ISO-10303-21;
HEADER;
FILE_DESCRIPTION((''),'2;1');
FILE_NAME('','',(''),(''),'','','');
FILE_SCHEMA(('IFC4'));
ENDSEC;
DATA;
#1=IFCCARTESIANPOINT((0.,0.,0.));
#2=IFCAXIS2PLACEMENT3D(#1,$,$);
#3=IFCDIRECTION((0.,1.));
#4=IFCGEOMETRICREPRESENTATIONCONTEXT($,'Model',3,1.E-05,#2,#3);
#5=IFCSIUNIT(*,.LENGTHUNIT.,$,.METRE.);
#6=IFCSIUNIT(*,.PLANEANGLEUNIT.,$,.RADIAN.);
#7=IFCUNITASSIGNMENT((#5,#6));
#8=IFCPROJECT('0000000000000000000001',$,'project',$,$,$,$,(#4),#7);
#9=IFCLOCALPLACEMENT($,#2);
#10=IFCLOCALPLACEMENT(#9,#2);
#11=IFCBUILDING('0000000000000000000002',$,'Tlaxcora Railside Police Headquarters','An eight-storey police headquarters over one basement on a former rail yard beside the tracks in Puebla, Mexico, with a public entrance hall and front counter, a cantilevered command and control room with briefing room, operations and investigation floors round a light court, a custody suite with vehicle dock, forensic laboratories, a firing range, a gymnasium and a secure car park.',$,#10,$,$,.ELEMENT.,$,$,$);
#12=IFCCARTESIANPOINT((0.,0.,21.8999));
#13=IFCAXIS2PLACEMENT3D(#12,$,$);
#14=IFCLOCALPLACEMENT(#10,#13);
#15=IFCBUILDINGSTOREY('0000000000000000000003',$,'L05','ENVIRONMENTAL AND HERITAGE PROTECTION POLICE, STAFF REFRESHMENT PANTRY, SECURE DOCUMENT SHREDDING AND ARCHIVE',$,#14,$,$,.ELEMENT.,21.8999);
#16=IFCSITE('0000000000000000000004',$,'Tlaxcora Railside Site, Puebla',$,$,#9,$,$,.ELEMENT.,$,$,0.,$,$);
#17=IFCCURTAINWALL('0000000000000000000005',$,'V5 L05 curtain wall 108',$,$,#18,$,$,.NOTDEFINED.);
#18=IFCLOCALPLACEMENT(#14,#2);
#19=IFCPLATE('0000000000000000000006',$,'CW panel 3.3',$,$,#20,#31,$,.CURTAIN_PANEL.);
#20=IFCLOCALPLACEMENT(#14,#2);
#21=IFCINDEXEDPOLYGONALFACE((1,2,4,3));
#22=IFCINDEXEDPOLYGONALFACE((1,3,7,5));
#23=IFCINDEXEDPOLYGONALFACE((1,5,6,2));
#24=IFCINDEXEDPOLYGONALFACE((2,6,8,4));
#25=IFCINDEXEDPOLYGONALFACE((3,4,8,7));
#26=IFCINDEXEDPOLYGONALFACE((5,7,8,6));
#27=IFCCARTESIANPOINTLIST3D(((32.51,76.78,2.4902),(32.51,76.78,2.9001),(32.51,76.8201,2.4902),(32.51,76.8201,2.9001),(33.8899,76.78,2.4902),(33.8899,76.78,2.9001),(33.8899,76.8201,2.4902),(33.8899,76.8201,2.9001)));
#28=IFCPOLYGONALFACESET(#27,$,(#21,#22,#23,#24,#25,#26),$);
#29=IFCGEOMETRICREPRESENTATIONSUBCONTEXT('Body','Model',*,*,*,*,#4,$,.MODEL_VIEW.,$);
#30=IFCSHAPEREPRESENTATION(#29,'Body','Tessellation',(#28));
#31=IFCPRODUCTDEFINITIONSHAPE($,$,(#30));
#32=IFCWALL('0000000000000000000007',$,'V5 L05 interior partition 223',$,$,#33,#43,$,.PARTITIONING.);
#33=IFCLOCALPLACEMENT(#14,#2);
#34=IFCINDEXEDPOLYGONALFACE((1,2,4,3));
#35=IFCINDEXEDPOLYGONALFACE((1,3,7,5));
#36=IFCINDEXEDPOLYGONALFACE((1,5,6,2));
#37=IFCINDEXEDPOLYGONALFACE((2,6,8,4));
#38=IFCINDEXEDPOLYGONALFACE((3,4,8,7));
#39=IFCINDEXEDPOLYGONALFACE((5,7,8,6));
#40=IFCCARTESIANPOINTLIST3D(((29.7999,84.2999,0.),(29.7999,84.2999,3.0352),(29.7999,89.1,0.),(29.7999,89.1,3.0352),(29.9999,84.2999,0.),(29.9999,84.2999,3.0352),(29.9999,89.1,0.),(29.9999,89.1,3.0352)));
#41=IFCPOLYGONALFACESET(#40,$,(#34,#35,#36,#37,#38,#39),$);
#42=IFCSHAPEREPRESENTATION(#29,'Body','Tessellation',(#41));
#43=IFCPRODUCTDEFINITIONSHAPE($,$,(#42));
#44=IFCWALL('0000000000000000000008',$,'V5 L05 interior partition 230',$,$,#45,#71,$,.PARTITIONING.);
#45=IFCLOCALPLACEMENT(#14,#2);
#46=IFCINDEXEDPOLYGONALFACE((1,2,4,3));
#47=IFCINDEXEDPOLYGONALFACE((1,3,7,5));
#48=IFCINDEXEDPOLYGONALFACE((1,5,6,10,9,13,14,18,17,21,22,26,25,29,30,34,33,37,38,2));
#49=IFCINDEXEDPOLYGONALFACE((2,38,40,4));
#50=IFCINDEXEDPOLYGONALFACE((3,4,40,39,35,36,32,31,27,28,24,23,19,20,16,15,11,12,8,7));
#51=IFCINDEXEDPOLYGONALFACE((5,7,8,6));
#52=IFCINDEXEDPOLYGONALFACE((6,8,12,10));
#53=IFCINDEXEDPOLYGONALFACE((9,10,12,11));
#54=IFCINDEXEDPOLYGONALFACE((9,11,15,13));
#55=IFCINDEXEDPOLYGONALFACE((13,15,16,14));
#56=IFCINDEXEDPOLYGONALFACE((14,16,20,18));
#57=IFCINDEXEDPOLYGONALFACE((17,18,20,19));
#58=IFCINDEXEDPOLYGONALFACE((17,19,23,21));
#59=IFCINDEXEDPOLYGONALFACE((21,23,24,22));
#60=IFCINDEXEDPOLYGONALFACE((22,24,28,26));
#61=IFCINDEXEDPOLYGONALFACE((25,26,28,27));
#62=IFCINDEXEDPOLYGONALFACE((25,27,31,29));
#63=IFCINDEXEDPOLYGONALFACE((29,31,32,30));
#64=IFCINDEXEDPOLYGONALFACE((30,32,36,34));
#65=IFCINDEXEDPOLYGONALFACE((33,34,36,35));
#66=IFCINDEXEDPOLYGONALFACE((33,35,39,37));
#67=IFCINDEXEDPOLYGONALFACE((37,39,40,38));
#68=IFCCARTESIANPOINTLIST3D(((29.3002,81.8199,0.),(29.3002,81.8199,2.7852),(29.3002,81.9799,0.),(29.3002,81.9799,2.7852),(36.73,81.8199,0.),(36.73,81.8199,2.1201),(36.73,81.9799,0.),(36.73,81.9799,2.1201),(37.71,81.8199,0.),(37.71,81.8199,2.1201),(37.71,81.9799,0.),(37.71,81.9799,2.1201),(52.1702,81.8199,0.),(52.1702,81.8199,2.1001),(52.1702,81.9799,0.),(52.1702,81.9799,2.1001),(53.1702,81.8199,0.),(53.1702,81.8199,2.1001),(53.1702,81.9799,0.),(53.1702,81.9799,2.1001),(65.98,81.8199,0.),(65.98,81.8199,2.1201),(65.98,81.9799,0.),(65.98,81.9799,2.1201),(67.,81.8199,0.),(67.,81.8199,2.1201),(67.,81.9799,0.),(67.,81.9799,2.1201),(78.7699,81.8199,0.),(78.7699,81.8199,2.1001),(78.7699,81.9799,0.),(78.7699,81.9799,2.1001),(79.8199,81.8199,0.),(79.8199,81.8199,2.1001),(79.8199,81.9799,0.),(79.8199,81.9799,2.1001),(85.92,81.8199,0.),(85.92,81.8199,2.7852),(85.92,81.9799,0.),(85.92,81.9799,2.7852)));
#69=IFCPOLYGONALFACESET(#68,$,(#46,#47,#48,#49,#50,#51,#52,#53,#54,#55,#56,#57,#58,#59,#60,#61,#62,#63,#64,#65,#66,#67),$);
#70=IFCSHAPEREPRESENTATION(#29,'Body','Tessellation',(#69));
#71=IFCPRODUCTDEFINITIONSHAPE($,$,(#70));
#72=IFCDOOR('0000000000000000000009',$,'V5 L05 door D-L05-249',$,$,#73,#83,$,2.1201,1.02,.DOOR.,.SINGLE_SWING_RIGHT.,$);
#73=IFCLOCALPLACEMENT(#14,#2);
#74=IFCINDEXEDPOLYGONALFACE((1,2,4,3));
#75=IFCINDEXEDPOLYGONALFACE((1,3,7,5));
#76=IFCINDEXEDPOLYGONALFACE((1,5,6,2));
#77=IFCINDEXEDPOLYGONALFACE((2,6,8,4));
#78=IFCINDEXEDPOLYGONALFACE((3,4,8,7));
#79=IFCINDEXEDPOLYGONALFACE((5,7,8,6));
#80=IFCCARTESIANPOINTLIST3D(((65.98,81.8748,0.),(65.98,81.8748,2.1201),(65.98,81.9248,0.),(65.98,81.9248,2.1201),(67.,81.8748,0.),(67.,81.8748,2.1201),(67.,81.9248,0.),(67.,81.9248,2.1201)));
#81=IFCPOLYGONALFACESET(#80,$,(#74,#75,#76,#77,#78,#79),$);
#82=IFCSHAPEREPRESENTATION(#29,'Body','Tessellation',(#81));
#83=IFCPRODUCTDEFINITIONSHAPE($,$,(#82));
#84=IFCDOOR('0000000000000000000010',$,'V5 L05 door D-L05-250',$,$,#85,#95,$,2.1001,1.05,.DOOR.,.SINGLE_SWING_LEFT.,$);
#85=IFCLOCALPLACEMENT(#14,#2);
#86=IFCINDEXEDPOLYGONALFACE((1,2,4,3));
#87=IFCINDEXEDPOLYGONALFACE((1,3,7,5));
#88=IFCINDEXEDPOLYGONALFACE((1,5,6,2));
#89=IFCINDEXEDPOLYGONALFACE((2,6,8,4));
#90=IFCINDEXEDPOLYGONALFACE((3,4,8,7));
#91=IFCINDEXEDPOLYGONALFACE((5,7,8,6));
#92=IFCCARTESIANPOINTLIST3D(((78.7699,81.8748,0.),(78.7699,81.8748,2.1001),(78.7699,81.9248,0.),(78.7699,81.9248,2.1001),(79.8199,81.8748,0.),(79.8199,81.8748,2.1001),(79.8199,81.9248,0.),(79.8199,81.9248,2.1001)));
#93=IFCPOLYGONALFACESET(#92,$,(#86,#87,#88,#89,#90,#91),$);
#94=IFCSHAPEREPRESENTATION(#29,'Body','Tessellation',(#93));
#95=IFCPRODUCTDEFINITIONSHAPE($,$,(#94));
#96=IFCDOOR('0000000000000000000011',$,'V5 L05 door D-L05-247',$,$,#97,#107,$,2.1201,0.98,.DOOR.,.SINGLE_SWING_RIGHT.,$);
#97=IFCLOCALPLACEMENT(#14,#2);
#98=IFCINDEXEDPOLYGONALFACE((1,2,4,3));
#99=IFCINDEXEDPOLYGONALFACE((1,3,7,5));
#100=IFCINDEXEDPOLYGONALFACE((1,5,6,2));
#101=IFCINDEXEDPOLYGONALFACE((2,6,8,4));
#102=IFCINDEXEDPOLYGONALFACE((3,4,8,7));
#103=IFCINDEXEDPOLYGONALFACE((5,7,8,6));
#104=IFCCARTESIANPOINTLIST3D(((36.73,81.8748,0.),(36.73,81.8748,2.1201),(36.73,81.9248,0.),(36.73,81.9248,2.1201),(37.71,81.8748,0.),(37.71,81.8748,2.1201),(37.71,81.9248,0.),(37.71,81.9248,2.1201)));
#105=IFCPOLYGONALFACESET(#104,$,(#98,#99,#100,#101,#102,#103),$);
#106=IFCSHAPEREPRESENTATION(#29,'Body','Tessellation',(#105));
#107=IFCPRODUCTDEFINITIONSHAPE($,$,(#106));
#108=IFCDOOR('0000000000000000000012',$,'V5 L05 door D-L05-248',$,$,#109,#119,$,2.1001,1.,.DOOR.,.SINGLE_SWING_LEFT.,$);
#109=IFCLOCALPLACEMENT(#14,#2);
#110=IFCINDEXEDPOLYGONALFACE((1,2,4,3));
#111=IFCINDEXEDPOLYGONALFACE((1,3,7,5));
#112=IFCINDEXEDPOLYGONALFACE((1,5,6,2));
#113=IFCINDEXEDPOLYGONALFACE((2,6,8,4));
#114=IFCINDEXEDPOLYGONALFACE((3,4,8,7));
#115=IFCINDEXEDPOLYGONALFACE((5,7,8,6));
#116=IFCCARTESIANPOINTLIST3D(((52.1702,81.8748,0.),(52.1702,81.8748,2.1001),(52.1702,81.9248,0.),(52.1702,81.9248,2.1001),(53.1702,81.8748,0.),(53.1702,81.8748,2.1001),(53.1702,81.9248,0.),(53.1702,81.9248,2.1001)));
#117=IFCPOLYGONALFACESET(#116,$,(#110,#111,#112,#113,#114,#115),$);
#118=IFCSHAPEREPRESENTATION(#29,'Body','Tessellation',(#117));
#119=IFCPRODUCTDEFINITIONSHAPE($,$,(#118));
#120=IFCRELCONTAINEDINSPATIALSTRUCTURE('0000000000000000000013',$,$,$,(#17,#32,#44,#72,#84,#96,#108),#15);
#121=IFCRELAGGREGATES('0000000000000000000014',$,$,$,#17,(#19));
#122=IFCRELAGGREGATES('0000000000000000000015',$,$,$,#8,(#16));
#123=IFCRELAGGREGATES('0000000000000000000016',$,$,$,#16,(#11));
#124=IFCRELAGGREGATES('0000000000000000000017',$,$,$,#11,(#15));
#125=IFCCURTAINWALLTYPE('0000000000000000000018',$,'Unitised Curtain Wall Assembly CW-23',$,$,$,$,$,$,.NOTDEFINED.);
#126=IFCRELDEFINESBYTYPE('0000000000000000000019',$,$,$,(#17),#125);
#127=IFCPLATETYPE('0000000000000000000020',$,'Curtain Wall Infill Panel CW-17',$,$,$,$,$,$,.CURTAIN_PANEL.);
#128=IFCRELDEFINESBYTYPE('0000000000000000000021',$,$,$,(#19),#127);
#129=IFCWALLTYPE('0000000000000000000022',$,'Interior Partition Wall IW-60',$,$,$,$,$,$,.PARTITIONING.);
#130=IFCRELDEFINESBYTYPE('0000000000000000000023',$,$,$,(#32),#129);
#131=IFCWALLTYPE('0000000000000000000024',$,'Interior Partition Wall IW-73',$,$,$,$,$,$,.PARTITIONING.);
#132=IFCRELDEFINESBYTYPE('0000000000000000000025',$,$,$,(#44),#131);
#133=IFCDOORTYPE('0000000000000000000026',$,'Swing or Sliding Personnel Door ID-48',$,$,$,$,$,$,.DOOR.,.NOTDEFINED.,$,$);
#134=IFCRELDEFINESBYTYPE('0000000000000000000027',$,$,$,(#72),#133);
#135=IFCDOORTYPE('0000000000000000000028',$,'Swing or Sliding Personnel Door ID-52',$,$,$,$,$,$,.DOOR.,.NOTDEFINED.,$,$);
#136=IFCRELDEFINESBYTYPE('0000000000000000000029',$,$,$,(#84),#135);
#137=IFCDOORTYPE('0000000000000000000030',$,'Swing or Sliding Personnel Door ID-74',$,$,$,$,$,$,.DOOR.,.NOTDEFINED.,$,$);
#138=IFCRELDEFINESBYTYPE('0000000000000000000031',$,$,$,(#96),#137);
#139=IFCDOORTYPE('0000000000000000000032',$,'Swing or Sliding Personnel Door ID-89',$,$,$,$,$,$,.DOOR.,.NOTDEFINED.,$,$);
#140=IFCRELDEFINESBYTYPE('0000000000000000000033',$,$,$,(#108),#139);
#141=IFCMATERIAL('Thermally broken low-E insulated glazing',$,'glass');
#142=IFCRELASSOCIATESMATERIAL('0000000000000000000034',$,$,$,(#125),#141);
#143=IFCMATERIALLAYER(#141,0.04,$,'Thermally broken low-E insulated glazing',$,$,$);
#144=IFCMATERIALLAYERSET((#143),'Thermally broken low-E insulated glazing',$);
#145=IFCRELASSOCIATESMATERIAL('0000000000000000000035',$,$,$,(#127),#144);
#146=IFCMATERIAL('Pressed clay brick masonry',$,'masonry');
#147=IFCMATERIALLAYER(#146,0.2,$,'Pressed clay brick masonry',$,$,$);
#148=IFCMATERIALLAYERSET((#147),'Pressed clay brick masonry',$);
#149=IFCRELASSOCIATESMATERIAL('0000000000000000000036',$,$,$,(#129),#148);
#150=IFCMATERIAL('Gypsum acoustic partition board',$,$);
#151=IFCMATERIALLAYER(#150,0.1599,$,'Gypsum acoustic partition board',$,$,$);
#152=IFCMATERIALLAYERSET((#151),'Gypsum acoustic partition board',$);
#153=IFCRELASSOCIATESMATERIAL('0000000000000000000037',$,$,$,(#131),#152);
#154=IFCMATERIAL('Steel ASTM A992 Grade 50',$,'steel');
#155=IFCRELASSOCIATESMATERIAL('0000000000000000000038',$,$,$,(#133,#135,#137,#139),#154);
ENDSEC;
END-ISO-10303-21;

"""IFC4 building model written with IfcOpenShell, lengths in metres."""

from ifc_helpers import new_model, si_unit, direction, frame, frame_2d, origin, origin_2d, place, context, subcontext, project, spatial, rectangle, extrude, material, layer, layer_set, type_object, element, fill, aggregate, save


model = new_model("IFC4")

# Units and contexts
model_context = context("Model", 3, precision=1e-05, world=origin(), true_north=direction((0.0, 1.0)))
body_context = subcontext(model_context, "Body", "Model", "MODEL_VIEW")
ifc_project = project(units=[si_unit("LENGTHUNIT", "METRE"), si_unit("PLANEANGLEUNIT", "RADIAN")], contexts=[model_context])

# Site, building, storey
site_placement = place(None, origin())
site = spatial("IfcSite", under=ifc_project, at=site_placement, Name="Tlaxcora Railside Site, Puebla", CompositionType="ELEMENT", RefElevation=0.0)
building_placement = place(site_placement, origin())
building = spatial("IfcBuilding", under=site, at=building_placement, Name="Tlaxcora Railside Police Headquarters", Description="An eight-storey police headquarters over one basement on a former rail yard beside the tracks in Puebla, Mexico, with a public entrance hall and front counter, a cantilevered command and control room with briefing room, operations and investigation floors round a light court, a custody suite with vehicle dock, forensic laboratories, a firing range, a gymnasium and a secure car park.", CompositionType="ELEMENT")
storey_placement = place(building_placement, frame((0.0, 0.0, 21.8999)))
storey = spatial("IfcBuildingStorey", under=building, at=storey_placement, Name="L05", Description="ENVIRONMENTAL AND HERITAGE PROTECTION POLICE, STAFF REFRESHMENT PANTRY, SECURE DOCUMENT SHREDDING AND ARCHIVE", CompositionType="ELEMENT", Elevation=21.8999)

# Curtain wall
ifc_material_1 = material(Name="Thermally broken low-E insulated glazing", Category="glass")
curtain_wall_type = type_object("IfcCurtainWallType", Name="Unitised Curtain Wall Assembly CW-23", PredefinedType="NOTDEFINED", material=ifc_material_1)
curtain_wall_placement = place(storey_placement, origin())
curtain_wall = element("IfcCurtainWall", 1, at=curtain_wall_placement, inside=storey, type_object=curtain_wall_type, Name="V5 L05 curtain wall 108", PredefinedType="NOTDEFINED")

# Shared definitions
ifc_material_2 = material(Name="Steel ASTM A992 Grade 50", Category="steel")

# Plate
ifc_layer_1 = layer(ifc_material_1, 0.04, Name="Thermally broken low-E insulated glazing")
ifc_layer_set_1 = layer_set([ifc_layer_1], Name="Thermally broken low-E insulated glazing")
plate_type = type_object("IfcPlateType", Name="Curtain Wall Infill Panel CW-17", PredefinedType="CURTAIN_PANEL", material=ifc_layer_set_1)
plate_1_placement = place(storey_placement, frame((33.2, 76.8, 2.4902), z_axis=(0.0, 0.0, 1.0), x_axis=(1.0, 0.0, 0.0)))
plate_1 = element("IfcPlate", 2, at=plate_1_placement, type_object=plate_type, Name="CW panel 3.3", PredefinedType="CURTAIN_PANEL", context=body_context, shape_type="SweptSolid", body=[
    extrude(rectangle(XDim=1.3799, YDim=0.04, at=origin_2d()), origin(), (0.0, 0.0, 1.0), 0.4099),
])
aggregate(curtain_wall, [plate_1])

# Wall
ifc_material_3 = material(Name="Pressed clay brick masonry", Category="masonry")
ifc_layer_2 = layer(ifc_material_3, 0.2, Name="Pressed clay brick masonry")
ifc_layer_set_2 = layer_set([ifc_layer_2], Name="Pressed clay brick masonry")
wall_type_1 = type_object("IfcWallType", Name="Interior Partition Wall IW-60", PredefinedType="PARTITIONING", material=ifc_layer_set_2)
wall_1_placement = place(storey_placement, frame((29.8999, 84.3, 0.0), z_axis=(0.0, 0.0, 1.0), x_axis=(0.0, 1.0, 0.0)))
element("IfcWall", 3, at=wall_1_placement, inside=storey, type_object=wall_type_1, Name="V5 L05 interior partition 223", PredefinedType="PARTITIONING", context=body_context, shape_type="SweptSolid", body=[
    extrude(rectangle(XDim=4.8, YDim=0.2, at=frame_2d((2.3999, 0.0))), origin(), (0.0, 0.0, 1.0), 3.0352),
])

# Wall, openings, doors
ifc_material_4 = material(Name="Gypsum acoustic partition board")
ifc_layer_3 = layer(ifc_material_4, 0.1599, Name="Gypsum acoustic partition board")
ifc_layer_set_3 = layer_set([ifc_layer_3], Name="Gypsum acoustic partition board")
wall_type_2 = type_object("IfcWallType", Name="Interior Partition Wall IW-73", PredefinedType="PARTITIONING", material=ifc_layer_set_3)
wall_2_placement = place(storey_placement, frame((29.3, 81.8999, 0.0), z_axis=(0.0, 0.0, 1.0), x_axis=(1.0, 0.0, 0.0)))
wall_2 = element("IfcWall", 4, at=wall_2_placement, inside=storey, type_object=wall_type_2, Name="V5 L05 interior partition 230", PredefinedType="PARTITIONING", context=body_context, shape_type="SweptSolid", body=[
    extrude(rectangle(XDim=56.6199, YDim=0.1599, at=frame_2d((28.3101, 0.0))), origin(), (0.0, 0.0, 1.0), 2.7852),
])
opening_1_placement = place(wall_2_placement, frame((7.4299, 0.0, 0.0)))
opening_1 = element("IfcOpeningElement", 5, at=opening_1_placement, cuts=wall_2, PredefinedType="OPENING", context=body_context, shape_type="SweptSolid", body=[
    extrude(rectangle(XDim=0.98, YDim=2.1201, at=frame_2d((0.49, 1.0601))), frame((0.0, 0.0898, 0.0), z_axis=(0.0, -1.0, 0.0), x_axis=(1.0, 0.0, 0.0)), (0.0, 0.0, 1.0), 0.1799),
])
opening_2_placement = place(wall_2_placement, frame((22.8701, 0.0, 0.0)))
opening_2 = element("IfcOpeningElement", 6, at=opening_2_placement, cuts=wall_2, PredefinedType="OPENING", context=body_context, shape_type="SweptSolid", body=[
    extrude(rectangle(XDim=1.0, YDim=2.1001, at=frame_2d((0.5, 1.05))), frame((0.0, 0.0898, 0.0), z_axis=(0.0, -1.0, 0.0), x_axis=(1.0, 0.0, 0.0)), (0.0, 0.0, 1.0), 0.1799),
])
opening_3_placement = place(wall_2_placement, frame((36.6799, 0.0, 0.0)))
opening_3 = element("IfcOpeningElement", 7, at=opening_3_placement, cuts=wall_2, PredefinedType="OPENING", context=body_context, shape_type="SweptSolid", body=[
    extrude(rectangle(XDim=1.02, YDim=2.1201, at=frame_2d((0.51, 1.0601))), frame((0.0, 0.0898, 0.0), z_axis=(0.0, -1.0, 0.0), x_axis=(1.0, 0.0, 0.0)), (0.0, 0.0, 1.0), 0.1799),
])
opening_4_placement = place(wall_2_placement, frame((49.47, 0.0, 0.0)))
opening_4 = element("IfcOpeningElement", 8, at=opening_4_placement, cuts=wall_2, PredefinedType="OPENING", context=body_context, shape_type="SweptSolid", body=[
    extrude(rectangle(XDim=1.05, YDim=2.1001, at=frame_2d((0.5249, 1.05))), frame((0.0, 0.0898, 0.0), z_axis=(0.0, -1.0, 0.0), x_axis=(1.0, 0.0, 0.0)), (0.0, 0.0, 1.0), 0.1799),
])
door_type_1 = type_object("IfcDoorType", Name="Swing or Sliding Personnel Door ID-48", OperationType="NOTDEFINED", PredefinedType="DOOR", material=ifc_material_2)
door_1_placement = place(opening_3_placement, origin())
door_1 = element("IfcDoor", 9, at=door_1_placement, inside=storey, type_object=door_type_1, Name="V5 L05 door D-L05-249", OperationType="SINGLE_SWING_RIGHT", OverallHeight=2.1201, OverallWidth=1.02, PredefinedType="DOOR", context=body_context, shape_type="SweptSolid", body=[
    extrude(rectangle(XDim=1.02, YDim=2.1201, at=frame_2d((0.51, 1.0601))), frame((0.0, 0.0249, 0.0), z_axis=(0.0, -1.0, 0.0), x_axis=(1.0, 0.0, 0.0)), (0.0, 0.0, 1.0), 0.05),
])
fill(opening_3, door_1)
door_type_2 = type_object("IfcDoorType", Name="Swing or Sliding Personnel Door ID-52", OperationType="NOTDEFINED", PredefinedType="DOOR", material=ifc_material_2)
door_2_placement = place(opening_4_placement, origin())
door_2 = element("IfcDoor", 10, at=door_2_placement, inside=storey, type_object=door_type_2, Name="V5 L05 door D-L05-250", OperationType="SINGLE_SWING_LEFT", OverallHeight=2.1001, OverallWidth=1.05, PredefinedType="DOOR", context=body_context, shape_type="SweptSolid", body=[
    extrude(rectangle(XDim=1.05, YDim=2.1001, at=frame_2d((0.5249, 1.05))), frame((0.0, 0.0249, 0.0), z_axis=(0.0, -1.0, 0.0), x_axis=(1.0, 0.0, 0.0)), (0.0, 0.0, 1.0), 0.05),
])
fill(opening_4, door_2)
door_type_3 = type_object("IfcDoorType", Name="Swing or Sliding Personnel Door ID-74", OperationType="NOTDEFINED", PredefinedType="DOOR", material=ifc_material_2)
door_3_placement = place(opening_1_placement, origin())
door_3 = element("IfcDoor", 11, at=door_3_placement, inside=storey, type_object=door_type_3, Name="V5 L05 door D-L05-247", OperationType="SINGLE_SWING_RIGHT", OverallHeight=2.1201, OverallWidth=0.98, PredefinedType="DOOR", context=body_context, shape_type="SweptSolid", body=[
    extrude(rectangle(XDim=0.98, YDim=2.1201, at=frame_2d((0.49, 1.0601))), frame((0.0, 0.0249, 0.0), z_axis=(0.0, -1.0, 0.0), x_axis=(1.0, 0.0, 0.0)), (0.0, 0.0, 1.0), 0.05),
])
fill(opening_1, door_3)
door_type_4 = type_object("IfcDoorType", Name="Swing or Sliding Personnel Door ID-89", OperationType="NOTDEFINED", PredefinedType="DOOR", material=ifc_material_2)
door_4_placement = place(opening_2_placement, origin())
door_4 = element("IfcDoor", 12, at=door_4_placement, inside=storey, type_object=door_type_4, Name="V5 L05 door D-L05-248", OperationType="SINGLE_SWING_LEFT", OverallHeight=2.1001, OverallWidth=1.0, PredefinedType="DOOR", context=body_context, shape_type="SweptSolid", body=[
    extrude(rectangle(XDim=1.0, YDim=2.1001, at=frame_2d((0.5, 1.05))), frame((0.0, 0.0249, 0.0), z_axis=(0.0, -1.0, 0.0), x_axis=(1.0, 0.0, 0.0)), (0.0, 0.0, 1.0), 0.05),
])
fill(opening_2, door_4)

save(model, "model.ifc")
